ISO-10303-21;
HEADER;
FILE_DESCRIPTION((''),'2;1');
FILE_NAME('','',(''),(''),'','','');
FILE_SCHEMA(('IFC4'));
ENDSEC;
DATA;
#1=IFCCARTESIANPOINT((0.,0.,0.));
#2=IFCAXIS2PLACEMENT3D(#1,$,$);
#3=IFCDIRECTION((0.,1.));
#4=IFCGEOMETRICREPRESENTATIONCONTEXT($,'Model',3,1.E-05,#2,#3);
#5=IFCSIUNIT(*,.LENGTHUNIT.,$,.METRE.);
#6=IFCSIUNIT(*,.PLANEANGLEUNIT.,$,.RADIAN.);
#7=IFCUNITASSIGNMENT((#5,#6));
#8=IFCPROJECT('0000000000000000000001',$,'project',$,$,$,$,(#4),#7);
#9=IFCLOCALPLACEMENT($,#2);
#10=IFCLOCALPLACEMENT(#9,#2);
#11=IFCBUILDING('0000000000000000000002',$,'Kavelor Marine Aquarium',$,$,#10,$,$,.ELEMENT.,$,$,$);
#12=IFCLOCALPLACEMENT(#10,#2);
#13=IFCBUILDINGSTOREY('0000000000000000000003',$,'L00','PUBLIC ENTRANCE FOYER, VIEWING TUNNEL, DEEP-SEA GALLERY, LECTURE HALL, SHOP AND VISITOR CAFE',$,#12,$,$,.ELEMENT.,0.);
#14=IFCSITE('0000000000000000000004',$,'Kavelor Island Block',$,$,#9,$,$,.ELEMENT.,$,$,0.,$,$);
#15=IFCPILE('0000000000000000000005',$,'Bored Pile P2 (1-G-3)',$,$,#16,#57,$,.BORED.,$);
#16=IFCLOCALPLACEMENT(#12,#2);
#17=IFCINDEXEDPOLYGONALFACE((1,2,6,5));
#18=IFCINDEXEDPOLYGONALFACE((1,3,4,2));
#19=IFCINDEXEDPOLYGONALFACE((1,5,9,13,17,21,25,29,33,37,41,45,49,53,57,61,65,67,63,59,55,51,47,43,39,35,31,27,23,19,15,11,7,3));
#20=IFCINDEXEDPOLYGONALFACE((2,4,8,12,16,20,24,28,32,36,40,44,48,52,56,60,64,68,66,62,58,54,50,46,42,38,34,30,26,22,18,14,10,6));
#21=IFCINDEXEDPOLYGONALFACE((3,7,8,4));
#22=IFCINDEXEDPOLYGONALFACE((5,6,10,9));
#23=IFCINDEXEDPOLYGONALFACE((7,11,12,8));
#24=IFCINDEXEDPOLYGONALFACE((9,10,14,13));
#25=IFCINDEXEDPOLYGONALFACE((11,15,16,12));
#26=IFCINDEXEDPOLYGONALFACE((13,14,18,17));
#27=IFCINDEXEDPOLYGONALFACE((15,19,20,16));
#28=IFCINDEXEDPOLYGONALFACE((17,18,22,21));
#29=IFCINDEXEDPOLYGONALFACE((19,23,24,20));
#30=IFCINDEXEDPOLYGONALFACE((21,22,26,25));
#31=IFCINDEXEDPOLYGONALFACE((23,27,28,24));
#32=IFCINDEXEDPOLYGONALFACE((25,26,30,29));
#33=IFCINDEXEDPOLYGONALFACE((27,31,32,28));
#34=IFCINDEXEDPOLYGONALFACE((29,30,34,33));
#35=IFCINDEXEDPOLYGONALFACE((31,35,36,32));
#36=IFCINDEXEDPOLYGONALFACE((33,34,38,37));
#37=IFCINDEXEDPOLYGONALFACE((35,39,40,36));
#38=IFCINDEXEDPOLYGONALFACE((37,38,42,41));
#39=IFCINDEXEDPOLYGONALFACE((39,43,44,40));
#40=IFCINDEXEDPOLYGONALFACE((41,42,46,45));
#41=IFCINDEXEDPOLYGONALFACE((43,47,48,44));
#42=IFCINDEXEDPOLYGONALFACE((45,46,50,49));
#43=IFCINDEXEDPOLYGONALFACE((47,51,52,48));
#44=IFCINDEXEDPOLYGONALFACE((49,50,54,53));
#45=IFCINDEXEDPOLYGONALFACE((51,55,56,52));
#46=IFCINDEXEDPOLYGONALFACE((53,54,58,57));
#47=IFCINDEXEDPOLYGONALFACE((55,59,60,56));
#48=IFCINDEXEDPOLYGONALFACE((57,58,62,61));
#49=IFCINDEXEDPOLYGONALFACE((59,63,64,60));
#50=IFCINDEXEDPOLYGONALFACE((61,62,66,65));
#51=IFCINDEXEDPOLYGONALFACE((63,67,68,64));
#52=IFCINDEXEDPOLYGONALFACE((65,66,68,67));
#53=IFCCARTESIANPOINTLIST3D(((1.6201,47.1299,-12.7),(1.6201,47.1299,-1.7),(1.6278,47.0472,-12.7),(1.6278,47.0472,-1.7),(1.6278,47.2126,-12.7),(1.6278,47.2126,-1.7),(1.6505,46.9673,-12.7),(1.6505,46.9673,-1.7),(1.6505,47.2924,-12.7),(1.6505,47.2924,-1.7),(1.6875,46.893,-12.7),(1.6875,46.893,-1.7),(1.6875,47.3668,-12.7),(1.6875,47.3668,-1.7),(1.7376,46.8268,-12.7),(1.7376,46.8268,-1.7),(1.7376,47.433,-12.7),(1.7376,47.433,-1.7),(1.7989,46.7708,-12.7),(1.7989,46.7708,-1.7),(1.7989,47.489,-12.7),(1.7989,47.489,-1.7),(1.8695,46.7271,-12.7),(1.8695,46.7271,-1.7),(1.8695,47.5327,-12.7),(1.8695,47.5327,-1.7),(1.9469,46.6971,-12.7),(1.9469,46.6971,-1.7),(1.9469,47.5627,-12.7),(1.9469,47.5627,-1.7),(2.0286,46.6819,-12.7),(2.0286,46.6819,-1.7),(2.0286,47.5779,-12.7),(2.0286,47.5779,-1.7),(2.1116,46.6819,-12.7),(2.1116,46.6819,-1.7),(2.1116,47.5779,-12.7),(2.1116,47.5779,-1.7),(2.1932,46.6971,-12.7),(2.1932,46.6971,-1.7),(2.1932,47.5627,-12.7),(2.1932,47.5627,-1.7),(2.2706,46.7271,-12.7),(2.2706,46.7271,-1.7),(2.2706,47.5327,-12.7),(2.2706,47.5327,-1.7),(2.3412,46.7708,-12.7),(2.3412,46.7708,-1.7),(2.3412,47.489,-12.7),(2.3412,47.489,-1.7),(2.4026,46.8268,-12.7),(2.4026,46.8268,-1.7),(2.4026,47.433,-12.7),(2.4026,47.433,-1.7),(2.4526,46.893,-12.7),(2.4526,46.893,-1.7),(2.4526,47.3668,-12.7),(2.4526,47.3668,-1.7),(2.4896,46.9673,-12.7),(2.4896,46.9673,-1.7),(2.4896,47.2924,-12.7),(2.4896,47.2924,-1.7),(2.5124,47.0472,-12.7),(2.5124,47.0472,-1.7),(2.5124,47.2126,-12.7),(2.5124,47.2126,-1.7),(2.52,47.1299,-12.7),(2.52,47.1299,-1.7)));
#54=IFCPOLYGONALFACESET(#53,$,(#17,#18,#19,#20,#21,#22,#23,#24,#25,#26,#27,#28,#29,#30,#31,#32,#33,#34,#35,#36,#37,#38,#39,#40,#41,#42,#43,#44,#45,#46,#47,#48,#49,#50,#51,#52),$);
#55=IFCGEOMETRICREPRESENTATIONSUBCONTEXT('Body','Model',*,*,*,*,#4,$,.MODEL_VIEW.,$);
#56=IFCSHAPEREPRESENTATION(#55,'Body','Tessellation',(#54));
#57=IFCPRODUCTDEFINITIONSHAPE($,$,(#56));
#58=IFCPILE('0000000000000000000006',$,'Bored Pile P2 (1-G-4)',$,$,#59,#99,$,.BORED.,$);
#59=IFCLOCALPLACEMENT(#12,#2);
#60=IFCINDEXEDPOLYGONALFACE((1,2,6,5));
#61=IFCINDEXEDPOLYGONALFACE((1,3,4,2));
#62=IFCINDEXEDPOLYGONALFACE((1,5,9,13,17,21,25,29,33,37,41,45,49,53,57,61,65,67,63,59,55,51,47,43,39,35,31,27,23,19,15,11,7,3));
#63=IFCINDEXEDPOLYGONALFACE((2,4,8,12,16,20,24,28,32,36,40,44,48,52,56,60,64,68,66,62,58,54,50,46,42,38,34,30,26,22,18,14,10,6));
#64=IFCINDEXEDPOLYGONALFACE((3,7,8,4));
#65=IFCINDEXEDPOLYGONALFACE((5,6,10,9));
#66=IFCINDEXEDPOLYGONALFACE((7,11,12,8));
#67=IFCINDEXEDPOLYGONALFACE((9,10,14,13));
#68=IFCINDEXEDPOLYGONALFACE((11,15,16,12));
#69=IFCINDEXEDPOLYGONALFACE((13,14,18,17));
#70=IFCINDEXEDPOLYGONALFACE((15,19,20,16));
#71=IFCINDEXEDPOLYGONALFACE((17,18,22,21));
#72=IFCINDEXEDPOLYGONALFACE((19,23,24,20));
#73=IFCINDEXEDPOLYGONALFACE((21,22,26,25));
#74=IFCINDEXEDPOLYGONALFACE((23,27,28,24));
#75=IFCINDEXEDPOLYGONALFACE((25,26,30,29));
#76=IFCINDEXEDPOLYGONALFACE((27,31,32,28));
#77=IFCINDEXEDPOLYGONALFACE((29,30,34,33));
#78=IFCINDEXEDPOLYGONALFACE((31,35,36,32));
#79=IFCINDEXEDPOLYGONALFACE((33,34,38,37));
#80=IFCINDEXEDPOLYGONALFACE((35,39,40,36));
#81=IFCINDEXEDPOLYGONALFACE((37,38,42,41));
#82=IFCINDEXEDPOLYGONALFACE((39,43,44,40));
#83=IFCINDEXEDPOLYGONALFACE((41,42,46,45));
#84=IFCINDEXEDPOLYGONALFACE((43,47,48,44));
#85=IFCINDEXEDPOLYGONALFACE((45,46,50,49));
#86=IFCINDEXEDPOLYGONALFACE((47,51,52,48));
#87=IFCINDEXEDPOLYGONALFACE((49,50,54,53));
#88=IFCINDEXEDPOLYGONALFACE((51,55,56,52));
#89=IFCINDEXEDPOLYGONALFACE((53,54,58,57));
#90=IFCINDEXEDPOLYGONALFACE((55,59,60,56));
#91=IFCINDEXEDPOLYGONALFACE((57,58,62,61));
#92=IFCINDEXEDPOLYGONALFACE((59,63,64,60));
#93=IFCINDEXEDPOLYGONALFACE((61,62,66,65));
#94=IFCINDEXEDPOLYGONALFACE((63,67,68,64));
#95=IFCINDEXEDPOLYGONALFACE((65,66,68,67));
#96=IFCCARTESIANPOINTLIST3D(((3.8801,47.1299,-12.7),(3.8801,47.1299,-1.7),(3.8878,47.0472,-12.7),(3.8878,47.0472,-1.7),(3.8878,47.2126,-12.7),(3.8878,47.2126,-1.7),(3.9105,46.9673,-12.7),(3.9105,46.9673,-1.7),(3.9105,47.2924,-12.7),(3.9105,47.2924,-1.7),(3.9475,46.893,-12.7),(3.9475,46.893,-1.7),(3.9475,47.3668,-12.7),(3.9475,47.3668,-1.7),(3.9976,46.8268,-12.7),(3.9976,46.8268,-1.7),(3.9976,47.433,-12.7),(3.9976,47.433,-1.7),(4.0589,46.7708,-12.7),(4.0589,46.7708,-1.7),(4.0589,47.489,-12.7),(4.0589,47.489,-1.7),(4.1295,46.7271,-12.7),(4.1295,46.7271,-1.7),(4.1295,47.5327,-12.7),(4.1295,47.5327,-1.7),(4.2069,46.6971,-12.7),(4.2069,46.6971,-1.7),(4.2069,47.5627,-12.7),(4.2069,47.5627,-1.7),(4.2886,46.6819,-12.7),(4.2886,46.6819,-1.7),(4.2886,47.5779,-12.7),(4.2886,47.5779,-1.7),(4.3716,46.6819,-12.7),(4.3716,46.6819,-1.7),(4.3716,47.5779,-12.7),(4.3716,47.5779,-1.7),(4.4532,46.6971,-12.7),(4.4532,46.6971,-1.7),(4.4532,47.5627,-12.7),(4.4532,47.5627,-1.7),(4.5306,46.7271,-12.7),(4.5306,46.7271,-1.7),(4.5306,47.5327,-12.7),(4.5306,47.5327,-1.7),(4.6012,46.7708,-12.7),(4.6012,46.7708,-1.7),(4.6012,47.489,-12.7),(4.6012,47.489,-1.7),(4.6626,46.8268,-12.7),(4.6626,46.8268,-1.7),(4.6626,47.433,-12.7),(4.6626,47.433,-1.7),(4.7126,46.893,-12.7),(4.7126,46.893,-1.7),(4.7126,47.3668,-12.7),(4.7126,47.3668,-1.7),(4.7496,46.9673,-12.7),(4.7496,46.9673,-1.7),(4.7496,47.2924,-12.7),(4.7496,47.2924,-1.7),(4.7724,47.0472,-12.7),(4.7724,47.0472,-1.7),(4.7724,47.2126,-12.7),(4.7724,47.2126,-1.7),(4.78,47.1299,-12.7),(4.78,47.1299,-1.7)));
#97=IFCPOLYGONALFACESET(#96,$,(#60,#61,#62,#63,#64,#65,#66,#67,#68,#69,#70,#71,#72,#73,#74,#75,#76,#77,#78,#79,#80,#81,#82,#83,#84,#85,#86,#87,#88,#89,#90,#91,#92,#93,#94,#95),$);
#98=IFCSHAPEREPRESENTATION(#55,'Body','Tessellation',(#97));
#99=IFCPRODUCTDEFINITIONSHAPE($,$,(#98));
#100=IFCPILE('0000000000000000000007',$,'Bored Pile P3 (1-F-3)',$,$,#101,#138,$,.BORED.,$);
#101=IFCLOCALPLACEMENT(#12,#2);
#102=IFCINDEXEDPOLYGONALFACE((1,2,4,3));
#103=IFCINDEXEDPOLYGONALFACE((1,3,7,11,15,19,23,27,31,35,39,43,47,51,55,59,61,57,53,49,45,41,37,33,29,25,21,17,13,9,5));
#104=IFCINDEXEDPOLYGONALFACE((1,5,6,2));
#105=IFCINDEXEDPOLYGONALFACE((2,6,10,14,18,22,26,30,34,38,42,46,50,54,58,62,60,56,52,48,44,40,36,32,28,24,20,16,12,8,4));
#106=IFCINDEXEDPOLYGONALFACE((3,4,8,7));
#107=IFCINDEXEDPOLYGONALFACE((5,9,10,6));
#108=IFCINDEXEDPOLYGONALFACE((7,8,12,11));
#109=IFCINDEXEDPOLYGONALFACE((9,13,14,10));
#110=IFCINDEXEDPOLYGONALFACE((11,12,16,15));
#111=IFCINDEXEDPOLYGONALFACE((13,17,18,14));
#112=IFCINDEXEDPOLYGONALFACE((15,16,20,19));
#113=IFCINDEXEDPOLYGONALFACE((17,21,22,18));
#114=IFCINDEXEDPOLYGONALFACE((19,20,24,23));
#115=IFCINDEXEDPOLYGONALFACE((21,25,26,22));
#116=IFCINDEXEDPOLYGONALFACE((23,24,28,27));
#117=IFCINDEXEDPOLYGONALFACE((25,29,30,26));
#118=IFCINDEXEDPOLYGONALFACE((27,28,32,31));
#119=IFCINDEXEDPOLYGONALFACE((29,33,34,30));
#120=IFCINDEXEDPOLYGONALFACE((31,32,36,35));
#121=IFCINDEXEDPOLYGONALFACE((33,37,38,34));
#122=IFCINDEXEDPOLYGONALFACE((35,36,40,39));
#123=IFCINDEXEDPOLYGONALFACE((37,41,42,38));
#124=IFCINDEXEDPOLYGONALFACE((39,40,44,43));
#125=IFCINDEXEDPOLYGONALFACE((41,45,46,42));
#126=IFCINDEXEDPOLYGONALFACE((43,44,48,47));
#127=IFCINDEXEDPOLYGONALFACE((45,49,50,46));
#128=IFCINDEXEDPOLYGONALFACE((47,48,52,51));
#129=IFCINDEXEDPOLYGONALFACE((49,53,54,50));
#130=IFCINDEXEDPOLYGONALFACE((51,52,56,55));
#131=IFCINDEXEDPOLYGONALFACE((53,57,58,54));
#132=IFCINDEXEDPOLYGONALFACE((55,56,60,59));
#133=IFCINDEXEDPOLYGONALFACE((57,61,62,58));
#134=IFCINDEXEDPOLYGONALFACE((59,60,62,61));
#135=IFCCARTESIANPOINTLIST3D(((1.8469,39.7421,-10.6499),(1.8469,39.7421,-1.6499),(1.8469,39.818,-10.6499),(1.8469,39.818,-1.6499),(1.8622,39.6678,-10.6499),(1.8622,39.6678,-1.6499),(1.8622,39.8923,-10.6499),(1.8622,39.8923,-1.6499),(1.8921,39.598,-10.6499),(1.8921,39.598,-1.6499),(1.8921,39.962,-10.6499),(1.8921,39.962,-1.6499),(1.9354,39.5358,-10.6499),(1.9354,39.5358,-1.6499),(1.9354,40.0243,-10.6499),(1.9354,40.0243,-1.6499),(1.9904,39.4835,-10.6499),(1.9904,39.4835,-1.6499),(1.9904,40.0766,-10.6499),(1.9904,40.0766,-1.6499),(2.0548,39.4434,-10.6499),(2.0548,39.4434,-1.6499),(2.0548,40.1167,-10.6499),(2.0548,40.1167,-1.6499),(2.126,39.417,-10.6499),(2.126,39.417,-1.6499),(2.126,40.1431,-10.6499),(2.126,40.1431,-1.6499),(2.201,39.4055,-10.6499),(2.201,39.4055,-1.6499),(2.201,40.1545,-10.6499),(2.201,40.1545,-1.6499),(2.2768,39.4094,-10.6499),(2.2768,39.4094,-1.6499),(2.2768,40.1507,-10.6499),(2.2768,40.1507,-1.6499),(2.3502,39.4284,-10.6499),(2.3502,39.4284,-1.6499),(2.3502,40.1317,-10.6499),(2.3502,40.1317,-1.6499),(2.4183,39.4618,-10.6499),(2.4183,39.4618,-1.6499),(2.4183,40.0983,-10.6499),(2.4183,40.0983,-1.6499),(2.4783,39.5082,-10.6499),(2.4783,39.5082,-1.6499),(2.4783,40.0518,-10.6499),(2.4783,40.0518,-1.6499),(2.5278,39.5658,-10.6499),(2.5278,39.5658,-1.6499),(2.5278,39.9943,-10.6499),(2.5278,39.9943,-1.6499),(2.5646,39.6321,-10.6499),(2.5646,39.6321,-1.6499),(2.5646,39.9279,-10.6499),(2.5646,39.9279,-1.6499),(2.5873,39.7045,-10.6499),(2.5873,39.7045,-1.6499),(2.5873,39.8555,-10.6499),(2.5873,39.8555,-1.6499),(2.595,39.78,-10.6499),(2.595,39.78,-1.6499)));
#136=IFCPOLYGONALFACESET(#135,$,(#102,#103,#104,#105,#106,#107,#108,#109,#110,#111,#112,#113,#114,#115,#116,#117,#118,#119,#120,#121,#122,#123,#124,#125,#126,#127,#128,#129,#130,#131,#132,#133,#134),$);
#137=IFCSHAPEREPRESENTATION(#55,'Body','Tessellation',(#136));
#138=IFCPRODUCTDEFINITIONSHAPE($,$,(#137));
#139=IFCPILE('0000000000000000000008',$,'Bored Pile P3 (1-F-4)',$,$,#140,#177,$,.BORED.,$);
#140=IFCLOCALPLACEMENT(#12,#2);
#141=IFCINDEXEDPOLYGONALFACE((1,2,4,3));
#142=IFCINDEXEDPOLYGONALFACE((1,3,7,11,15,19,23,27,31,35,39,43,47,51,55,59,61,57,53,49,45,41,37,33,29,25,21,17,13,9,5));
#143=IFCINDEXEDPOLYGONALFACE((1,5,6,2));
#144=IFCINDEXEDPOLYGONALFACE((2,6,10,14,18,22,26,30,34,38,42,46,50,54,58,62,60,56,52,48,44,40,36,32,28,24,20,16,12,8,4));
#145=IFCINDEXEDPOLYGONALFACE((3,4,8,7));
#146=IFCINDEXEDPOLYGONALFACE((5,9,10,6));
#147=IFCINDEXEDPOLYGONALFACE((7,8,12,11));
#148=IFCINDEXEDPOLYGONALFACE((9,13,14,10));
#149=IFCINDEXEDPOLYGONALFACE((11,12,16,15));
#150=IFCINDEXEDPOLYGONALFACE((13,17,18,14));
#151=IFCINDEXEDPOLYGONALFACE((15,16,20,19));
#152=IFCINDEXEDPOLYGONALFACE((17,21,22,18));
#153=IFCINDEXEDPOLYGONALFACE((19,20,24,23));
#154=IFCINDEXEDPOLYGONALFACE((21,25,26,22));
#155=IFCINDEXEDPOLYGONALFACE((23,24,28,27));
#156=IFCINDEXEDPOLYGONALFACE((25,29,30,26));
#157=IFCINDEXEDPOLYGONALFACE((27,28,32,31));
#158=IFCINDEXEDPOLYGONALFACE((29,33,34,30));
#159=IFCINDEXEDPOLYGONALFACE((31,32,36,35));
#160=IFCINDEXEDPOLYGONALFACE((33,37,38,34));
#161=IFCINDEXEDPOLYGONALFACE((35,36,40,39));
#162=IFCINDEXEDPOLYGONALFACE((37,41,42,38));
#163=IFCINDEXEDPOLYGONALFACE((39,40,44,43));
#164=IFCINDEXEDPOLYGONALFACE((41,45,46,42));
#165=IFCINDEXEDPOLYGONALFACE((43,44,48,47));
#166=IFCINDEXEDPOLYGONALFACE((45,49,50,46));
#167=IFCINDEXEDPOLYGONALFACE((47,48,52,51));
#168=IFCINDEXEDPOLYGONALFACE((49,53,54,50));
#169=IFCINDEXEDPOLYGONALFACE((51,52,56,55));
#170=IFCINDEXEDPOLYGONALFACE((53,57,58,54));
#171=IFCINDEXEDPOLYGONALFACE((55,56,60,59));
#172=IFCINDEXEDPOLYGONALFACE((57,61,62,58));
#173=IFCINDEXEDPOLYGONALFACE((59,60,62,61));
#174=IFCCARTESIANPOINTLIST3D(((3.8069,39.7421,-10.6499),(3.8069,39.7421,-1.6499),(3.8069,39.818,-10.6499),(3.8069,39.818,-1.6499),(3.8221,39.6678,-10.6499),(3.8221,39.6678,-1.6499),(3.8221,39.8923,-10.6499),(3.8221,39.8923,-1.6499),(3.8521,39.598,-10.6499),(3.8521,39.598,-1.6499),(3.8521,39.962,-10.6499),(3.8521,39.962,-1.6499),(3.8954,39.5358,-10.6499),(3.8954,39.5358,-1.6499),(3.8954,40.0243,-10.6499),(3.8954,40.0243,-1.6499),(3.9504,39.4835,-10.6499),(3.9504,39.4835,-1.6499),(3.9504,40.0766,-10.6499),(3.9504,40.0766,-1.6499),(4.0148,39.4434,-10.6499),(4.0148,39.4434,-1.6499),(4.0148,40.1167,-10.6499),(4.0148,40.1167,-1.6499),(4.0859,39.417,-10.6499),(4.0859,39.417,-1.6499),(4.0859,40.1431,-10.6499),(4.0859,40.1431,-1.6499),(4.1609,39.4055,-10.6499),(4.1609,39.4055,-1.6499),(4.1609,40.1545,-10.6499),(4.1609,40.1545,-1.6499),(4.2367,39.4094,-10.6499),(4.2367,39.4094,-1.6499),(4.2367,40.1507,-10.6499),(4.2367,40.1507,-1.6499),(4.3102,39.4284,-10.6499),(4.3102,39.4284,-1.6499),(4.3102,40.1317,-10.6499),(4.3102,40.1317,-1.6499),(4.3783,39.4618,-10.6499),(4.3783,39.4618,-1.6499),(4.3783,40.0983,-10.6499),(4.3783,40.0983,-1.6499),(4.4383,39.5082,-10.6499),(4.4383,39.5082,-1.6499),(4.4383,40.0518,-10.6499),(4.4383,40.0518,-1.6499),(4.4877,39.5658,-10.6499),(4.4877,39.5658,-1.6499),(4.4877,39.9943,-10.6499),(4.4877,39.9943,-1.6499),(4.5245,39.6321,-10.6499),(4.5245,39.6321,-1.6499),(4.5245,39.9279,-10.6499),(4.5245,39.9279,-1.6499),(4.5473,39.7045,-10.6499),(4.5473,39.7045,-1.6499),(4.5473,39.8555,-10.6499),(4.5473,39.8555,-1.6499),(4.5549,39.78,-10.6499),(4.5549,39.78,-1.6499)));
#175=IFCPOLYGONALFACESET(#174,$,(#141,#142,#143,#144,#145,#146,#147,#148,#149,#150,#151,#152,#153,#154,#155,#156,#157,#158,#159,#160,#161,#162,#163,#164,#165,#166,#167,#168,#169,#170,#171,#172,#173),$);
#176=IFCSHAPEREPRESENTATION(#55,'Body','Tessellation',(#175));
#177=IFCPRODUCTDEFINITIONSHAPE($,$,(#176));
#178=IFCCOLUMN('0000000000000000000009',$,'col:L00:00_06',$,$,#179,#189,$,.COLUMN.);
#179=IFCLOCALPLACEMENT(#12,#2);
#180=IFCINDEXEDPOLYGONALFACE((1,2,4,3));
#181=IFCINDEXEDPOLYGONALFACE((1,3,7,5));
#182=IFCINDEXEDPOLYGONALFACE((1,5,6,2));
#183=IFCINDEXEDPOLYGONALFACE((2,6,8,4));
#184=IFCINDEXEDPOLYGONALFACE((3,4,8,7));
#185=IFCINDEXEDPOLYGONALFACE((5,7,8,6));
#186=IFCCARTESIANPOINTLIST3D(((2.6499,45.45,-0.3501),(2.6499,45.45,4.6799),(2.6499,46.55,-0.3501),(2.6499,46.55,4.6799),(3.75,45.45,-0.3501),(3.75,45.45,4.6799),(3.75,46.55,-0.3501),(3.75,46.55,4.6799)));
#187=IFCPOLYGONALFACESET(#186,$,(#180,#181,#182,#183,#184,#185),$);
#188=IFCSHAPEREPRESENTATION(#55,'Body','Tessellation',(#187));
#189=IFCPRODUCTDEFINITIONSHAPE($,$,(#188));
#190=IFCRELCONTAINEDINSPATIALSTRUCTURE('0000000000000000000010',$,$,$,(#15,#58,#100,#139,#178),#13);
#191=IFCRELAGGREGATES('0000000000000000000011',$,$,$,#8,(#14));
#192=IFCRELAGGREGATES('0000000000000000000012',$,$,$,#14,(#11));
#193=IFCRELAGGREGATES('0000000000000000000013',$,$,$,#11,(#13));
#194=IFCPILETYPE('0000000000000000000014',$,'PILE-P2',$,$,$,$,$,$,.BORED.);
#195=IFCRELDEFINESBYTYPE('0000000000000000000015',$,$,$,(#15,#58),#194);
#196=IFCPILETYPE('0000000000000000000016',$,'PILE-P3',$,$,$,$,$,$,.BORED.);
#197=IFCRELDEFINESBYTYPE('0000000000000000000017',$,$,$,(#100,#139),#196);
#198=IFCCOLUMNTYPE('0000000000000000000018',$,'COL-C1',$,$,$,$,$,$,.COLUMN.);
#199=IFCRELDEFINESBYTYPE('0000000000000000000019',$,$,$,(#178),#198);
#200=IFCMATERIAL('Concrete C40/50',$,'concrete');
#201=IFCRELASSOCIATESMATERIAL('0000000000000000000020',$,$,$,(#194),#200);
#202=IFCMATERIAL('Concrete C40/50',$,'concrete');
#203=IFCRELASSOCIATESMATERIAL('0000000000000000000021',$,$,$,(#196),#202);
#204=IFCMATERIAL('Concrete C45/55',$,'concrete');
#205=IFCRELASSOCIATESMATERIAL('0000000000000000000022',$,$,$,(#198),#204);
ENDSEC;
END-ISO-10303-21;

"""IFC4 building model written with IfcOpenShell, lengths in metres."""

from ifc_helpers import new_model, si_unit, direction, frame, origin, origin_2d, place, context, subcontext, project, spatial, rectangle, circle, extrude, material, material_profile, profile_set, type_object, element, save


model = new_model("IFC4")

# Units and contexts
model_context = context("Model", 3, precision=1e-05, world=origin(), true_north=direction((0.0, 1.0)))
body_context = subcontext(model_context, "Body", "Model", "MODEL_VIEW")
ifc_project = project(units=[si_unit("LENGTHUNIT", "METRE"), si_unit("PLANEANGLEUNIT", "RADIAN")], contexts=[model_context])

# Site, building, storey
site_placement = place(None, origin())
site = spatial("IfcSite", under=ifc_project, at=site_placement, Name="Kavelor Island Block", CompositionType="ELEMENT", RefElevation=0.0)
building_placement = place(site_placement, origin())
building = spatial("IfcBuilding", under=site, at=building_placement, Name="Kavelor Marine Aquarium", CompositionType="ELEMENT")
storey_placement = place(building_placement, origin())
storey = spatial("IfcBuildingStorey", under=building, at=storey_placement, Name="L00", Description="PUBLIC ENTRANCE FOYER, VIEWING TUNNEL, DEEP-SEA GALLERY, LECTURE HALL, SHOP AND VISITOR CAFE", CompositionType="ELEMENT", Elevation=0.0)

# Piles
ifc_material_1 = material(Name="Concrete C40/50", Category="concrete")
ifc_material_profile_1 = material_profile(ifc_material_1, circle(Radius=0.45, at=origin_2d()), Name="PILE D900")
ifc_profile_set_1 = profile_set([ifc_material_profile_1], Name="Concrete C40/50")
pile_type_1 = type_object("IfcPileType", Name="PILE-P2", PredefinedType="BORED", material=ifc_profile_set_1)
for number, where, z_axis, x_axis, name in (
    (1, (2.0701, 47.1299, -1.7), (0.0, 0.0, -1.0), (1.0, 0.0, 0.0), "Bored Pile P2 (1-G-3)"),
    (2, (4.3301, 47.1299, -1.7), (0.0, 0.0, -1.0), (1.0, 0.0, 0.0), "Bored Pile P2 (1-G-4)"),
):
    element("IfcPile", number, at=place(storey_placement, frame(where, z_axis=z_axis, x_axis=x_axis)), inside=storey, type_object=pile_type_1, Name=name, PredefinedType="BORED", context=body_context, shape_type="SweptSolid", body=[
        extrude(circle(Radius=0.45, at=origin_2d()), origin(), (0.0, 0.0, 1.0), 11.0),
    ])
ifc_material_2 = material(Name="Concrete C40/50", Category="concrete")
ifc_material_profile_2 = material_profile(ifc_material_2, circle(Radius=0.375, at=origin_2d()), Name="PILE D750")
ifc_profile_set_2 = profile_set([ifc_material_profile_2], Name="Concrete C40/50")
pile_type_2 = type_object("IfcPileType", Name="PILE-P3", PredefinedType="BORED", material=ifc_profile_set_2)
for number, where, z_axis, x_axis, name in (
    (3, (2.22, 39.78, -1.6499), (0.0, 0.0, -1.0), (1.0, 0.0, 0.0), "Bored Pile P3 (1-F-3)"),
    (4, (4.1799, 39.78, -1.6499), (0.0, 0.0, -1.0), (1.0, 0.0, 0.0), "Bored Pile P3 (1-F-4)"),
):
    element("IfcPile", number, at=place(storey_placement, frame(where, z_axis=z_axis, x_axis=x_axis)), inside=storey, type_object=pile_type_2, Name=name, PredefinedType="BORED", context=body_context, shape_type="SweptSolid", body=[
        extrude(circle(Radius=0.375, at=origin_2d()), origin(), (0.0, 0.0, 1.0), 9.0),
    ])

# Column
ifc_material_3 = material(Name="Concrete C45/55", Category="concrete")
ifc_material_profile_3 = material_profile(ifc_material_3, rectangle(XDim=1.1001, YDim=1.1001, at=origin_2d()), Name="RC-COL 1100x1100")
ifc_profile_set_3 = profile_set([ifc_material_profile_3], Name="Concrete C45/55")
column_type_1 = type_object("IfcColumnType", Name="COL-C1", PredefinedType="COLUMN", material=ifc_profile_set_3)
column_1_placement = place(storey_placement, frame((3.2, 46.0, -0.3501), z_axis=(0.0, 0.0, 1.0), x_axis=(1.0, 0.0, 0.0)))
element("IfcColumn", 5, at=column_1_placement, inside=storey, type_object=column_type_1, Name="col:L00:00_06", PredefinedType="COLUMN", context=body_context, shape_type="SweptSolid", body=[
    extrude(rectangle(XDim=1.1001, YDim=1.1001, at=origin_2d()), origin(), (0.0, 0.0, 1.0), 5.03),
])

save(model, "model.ifc")
